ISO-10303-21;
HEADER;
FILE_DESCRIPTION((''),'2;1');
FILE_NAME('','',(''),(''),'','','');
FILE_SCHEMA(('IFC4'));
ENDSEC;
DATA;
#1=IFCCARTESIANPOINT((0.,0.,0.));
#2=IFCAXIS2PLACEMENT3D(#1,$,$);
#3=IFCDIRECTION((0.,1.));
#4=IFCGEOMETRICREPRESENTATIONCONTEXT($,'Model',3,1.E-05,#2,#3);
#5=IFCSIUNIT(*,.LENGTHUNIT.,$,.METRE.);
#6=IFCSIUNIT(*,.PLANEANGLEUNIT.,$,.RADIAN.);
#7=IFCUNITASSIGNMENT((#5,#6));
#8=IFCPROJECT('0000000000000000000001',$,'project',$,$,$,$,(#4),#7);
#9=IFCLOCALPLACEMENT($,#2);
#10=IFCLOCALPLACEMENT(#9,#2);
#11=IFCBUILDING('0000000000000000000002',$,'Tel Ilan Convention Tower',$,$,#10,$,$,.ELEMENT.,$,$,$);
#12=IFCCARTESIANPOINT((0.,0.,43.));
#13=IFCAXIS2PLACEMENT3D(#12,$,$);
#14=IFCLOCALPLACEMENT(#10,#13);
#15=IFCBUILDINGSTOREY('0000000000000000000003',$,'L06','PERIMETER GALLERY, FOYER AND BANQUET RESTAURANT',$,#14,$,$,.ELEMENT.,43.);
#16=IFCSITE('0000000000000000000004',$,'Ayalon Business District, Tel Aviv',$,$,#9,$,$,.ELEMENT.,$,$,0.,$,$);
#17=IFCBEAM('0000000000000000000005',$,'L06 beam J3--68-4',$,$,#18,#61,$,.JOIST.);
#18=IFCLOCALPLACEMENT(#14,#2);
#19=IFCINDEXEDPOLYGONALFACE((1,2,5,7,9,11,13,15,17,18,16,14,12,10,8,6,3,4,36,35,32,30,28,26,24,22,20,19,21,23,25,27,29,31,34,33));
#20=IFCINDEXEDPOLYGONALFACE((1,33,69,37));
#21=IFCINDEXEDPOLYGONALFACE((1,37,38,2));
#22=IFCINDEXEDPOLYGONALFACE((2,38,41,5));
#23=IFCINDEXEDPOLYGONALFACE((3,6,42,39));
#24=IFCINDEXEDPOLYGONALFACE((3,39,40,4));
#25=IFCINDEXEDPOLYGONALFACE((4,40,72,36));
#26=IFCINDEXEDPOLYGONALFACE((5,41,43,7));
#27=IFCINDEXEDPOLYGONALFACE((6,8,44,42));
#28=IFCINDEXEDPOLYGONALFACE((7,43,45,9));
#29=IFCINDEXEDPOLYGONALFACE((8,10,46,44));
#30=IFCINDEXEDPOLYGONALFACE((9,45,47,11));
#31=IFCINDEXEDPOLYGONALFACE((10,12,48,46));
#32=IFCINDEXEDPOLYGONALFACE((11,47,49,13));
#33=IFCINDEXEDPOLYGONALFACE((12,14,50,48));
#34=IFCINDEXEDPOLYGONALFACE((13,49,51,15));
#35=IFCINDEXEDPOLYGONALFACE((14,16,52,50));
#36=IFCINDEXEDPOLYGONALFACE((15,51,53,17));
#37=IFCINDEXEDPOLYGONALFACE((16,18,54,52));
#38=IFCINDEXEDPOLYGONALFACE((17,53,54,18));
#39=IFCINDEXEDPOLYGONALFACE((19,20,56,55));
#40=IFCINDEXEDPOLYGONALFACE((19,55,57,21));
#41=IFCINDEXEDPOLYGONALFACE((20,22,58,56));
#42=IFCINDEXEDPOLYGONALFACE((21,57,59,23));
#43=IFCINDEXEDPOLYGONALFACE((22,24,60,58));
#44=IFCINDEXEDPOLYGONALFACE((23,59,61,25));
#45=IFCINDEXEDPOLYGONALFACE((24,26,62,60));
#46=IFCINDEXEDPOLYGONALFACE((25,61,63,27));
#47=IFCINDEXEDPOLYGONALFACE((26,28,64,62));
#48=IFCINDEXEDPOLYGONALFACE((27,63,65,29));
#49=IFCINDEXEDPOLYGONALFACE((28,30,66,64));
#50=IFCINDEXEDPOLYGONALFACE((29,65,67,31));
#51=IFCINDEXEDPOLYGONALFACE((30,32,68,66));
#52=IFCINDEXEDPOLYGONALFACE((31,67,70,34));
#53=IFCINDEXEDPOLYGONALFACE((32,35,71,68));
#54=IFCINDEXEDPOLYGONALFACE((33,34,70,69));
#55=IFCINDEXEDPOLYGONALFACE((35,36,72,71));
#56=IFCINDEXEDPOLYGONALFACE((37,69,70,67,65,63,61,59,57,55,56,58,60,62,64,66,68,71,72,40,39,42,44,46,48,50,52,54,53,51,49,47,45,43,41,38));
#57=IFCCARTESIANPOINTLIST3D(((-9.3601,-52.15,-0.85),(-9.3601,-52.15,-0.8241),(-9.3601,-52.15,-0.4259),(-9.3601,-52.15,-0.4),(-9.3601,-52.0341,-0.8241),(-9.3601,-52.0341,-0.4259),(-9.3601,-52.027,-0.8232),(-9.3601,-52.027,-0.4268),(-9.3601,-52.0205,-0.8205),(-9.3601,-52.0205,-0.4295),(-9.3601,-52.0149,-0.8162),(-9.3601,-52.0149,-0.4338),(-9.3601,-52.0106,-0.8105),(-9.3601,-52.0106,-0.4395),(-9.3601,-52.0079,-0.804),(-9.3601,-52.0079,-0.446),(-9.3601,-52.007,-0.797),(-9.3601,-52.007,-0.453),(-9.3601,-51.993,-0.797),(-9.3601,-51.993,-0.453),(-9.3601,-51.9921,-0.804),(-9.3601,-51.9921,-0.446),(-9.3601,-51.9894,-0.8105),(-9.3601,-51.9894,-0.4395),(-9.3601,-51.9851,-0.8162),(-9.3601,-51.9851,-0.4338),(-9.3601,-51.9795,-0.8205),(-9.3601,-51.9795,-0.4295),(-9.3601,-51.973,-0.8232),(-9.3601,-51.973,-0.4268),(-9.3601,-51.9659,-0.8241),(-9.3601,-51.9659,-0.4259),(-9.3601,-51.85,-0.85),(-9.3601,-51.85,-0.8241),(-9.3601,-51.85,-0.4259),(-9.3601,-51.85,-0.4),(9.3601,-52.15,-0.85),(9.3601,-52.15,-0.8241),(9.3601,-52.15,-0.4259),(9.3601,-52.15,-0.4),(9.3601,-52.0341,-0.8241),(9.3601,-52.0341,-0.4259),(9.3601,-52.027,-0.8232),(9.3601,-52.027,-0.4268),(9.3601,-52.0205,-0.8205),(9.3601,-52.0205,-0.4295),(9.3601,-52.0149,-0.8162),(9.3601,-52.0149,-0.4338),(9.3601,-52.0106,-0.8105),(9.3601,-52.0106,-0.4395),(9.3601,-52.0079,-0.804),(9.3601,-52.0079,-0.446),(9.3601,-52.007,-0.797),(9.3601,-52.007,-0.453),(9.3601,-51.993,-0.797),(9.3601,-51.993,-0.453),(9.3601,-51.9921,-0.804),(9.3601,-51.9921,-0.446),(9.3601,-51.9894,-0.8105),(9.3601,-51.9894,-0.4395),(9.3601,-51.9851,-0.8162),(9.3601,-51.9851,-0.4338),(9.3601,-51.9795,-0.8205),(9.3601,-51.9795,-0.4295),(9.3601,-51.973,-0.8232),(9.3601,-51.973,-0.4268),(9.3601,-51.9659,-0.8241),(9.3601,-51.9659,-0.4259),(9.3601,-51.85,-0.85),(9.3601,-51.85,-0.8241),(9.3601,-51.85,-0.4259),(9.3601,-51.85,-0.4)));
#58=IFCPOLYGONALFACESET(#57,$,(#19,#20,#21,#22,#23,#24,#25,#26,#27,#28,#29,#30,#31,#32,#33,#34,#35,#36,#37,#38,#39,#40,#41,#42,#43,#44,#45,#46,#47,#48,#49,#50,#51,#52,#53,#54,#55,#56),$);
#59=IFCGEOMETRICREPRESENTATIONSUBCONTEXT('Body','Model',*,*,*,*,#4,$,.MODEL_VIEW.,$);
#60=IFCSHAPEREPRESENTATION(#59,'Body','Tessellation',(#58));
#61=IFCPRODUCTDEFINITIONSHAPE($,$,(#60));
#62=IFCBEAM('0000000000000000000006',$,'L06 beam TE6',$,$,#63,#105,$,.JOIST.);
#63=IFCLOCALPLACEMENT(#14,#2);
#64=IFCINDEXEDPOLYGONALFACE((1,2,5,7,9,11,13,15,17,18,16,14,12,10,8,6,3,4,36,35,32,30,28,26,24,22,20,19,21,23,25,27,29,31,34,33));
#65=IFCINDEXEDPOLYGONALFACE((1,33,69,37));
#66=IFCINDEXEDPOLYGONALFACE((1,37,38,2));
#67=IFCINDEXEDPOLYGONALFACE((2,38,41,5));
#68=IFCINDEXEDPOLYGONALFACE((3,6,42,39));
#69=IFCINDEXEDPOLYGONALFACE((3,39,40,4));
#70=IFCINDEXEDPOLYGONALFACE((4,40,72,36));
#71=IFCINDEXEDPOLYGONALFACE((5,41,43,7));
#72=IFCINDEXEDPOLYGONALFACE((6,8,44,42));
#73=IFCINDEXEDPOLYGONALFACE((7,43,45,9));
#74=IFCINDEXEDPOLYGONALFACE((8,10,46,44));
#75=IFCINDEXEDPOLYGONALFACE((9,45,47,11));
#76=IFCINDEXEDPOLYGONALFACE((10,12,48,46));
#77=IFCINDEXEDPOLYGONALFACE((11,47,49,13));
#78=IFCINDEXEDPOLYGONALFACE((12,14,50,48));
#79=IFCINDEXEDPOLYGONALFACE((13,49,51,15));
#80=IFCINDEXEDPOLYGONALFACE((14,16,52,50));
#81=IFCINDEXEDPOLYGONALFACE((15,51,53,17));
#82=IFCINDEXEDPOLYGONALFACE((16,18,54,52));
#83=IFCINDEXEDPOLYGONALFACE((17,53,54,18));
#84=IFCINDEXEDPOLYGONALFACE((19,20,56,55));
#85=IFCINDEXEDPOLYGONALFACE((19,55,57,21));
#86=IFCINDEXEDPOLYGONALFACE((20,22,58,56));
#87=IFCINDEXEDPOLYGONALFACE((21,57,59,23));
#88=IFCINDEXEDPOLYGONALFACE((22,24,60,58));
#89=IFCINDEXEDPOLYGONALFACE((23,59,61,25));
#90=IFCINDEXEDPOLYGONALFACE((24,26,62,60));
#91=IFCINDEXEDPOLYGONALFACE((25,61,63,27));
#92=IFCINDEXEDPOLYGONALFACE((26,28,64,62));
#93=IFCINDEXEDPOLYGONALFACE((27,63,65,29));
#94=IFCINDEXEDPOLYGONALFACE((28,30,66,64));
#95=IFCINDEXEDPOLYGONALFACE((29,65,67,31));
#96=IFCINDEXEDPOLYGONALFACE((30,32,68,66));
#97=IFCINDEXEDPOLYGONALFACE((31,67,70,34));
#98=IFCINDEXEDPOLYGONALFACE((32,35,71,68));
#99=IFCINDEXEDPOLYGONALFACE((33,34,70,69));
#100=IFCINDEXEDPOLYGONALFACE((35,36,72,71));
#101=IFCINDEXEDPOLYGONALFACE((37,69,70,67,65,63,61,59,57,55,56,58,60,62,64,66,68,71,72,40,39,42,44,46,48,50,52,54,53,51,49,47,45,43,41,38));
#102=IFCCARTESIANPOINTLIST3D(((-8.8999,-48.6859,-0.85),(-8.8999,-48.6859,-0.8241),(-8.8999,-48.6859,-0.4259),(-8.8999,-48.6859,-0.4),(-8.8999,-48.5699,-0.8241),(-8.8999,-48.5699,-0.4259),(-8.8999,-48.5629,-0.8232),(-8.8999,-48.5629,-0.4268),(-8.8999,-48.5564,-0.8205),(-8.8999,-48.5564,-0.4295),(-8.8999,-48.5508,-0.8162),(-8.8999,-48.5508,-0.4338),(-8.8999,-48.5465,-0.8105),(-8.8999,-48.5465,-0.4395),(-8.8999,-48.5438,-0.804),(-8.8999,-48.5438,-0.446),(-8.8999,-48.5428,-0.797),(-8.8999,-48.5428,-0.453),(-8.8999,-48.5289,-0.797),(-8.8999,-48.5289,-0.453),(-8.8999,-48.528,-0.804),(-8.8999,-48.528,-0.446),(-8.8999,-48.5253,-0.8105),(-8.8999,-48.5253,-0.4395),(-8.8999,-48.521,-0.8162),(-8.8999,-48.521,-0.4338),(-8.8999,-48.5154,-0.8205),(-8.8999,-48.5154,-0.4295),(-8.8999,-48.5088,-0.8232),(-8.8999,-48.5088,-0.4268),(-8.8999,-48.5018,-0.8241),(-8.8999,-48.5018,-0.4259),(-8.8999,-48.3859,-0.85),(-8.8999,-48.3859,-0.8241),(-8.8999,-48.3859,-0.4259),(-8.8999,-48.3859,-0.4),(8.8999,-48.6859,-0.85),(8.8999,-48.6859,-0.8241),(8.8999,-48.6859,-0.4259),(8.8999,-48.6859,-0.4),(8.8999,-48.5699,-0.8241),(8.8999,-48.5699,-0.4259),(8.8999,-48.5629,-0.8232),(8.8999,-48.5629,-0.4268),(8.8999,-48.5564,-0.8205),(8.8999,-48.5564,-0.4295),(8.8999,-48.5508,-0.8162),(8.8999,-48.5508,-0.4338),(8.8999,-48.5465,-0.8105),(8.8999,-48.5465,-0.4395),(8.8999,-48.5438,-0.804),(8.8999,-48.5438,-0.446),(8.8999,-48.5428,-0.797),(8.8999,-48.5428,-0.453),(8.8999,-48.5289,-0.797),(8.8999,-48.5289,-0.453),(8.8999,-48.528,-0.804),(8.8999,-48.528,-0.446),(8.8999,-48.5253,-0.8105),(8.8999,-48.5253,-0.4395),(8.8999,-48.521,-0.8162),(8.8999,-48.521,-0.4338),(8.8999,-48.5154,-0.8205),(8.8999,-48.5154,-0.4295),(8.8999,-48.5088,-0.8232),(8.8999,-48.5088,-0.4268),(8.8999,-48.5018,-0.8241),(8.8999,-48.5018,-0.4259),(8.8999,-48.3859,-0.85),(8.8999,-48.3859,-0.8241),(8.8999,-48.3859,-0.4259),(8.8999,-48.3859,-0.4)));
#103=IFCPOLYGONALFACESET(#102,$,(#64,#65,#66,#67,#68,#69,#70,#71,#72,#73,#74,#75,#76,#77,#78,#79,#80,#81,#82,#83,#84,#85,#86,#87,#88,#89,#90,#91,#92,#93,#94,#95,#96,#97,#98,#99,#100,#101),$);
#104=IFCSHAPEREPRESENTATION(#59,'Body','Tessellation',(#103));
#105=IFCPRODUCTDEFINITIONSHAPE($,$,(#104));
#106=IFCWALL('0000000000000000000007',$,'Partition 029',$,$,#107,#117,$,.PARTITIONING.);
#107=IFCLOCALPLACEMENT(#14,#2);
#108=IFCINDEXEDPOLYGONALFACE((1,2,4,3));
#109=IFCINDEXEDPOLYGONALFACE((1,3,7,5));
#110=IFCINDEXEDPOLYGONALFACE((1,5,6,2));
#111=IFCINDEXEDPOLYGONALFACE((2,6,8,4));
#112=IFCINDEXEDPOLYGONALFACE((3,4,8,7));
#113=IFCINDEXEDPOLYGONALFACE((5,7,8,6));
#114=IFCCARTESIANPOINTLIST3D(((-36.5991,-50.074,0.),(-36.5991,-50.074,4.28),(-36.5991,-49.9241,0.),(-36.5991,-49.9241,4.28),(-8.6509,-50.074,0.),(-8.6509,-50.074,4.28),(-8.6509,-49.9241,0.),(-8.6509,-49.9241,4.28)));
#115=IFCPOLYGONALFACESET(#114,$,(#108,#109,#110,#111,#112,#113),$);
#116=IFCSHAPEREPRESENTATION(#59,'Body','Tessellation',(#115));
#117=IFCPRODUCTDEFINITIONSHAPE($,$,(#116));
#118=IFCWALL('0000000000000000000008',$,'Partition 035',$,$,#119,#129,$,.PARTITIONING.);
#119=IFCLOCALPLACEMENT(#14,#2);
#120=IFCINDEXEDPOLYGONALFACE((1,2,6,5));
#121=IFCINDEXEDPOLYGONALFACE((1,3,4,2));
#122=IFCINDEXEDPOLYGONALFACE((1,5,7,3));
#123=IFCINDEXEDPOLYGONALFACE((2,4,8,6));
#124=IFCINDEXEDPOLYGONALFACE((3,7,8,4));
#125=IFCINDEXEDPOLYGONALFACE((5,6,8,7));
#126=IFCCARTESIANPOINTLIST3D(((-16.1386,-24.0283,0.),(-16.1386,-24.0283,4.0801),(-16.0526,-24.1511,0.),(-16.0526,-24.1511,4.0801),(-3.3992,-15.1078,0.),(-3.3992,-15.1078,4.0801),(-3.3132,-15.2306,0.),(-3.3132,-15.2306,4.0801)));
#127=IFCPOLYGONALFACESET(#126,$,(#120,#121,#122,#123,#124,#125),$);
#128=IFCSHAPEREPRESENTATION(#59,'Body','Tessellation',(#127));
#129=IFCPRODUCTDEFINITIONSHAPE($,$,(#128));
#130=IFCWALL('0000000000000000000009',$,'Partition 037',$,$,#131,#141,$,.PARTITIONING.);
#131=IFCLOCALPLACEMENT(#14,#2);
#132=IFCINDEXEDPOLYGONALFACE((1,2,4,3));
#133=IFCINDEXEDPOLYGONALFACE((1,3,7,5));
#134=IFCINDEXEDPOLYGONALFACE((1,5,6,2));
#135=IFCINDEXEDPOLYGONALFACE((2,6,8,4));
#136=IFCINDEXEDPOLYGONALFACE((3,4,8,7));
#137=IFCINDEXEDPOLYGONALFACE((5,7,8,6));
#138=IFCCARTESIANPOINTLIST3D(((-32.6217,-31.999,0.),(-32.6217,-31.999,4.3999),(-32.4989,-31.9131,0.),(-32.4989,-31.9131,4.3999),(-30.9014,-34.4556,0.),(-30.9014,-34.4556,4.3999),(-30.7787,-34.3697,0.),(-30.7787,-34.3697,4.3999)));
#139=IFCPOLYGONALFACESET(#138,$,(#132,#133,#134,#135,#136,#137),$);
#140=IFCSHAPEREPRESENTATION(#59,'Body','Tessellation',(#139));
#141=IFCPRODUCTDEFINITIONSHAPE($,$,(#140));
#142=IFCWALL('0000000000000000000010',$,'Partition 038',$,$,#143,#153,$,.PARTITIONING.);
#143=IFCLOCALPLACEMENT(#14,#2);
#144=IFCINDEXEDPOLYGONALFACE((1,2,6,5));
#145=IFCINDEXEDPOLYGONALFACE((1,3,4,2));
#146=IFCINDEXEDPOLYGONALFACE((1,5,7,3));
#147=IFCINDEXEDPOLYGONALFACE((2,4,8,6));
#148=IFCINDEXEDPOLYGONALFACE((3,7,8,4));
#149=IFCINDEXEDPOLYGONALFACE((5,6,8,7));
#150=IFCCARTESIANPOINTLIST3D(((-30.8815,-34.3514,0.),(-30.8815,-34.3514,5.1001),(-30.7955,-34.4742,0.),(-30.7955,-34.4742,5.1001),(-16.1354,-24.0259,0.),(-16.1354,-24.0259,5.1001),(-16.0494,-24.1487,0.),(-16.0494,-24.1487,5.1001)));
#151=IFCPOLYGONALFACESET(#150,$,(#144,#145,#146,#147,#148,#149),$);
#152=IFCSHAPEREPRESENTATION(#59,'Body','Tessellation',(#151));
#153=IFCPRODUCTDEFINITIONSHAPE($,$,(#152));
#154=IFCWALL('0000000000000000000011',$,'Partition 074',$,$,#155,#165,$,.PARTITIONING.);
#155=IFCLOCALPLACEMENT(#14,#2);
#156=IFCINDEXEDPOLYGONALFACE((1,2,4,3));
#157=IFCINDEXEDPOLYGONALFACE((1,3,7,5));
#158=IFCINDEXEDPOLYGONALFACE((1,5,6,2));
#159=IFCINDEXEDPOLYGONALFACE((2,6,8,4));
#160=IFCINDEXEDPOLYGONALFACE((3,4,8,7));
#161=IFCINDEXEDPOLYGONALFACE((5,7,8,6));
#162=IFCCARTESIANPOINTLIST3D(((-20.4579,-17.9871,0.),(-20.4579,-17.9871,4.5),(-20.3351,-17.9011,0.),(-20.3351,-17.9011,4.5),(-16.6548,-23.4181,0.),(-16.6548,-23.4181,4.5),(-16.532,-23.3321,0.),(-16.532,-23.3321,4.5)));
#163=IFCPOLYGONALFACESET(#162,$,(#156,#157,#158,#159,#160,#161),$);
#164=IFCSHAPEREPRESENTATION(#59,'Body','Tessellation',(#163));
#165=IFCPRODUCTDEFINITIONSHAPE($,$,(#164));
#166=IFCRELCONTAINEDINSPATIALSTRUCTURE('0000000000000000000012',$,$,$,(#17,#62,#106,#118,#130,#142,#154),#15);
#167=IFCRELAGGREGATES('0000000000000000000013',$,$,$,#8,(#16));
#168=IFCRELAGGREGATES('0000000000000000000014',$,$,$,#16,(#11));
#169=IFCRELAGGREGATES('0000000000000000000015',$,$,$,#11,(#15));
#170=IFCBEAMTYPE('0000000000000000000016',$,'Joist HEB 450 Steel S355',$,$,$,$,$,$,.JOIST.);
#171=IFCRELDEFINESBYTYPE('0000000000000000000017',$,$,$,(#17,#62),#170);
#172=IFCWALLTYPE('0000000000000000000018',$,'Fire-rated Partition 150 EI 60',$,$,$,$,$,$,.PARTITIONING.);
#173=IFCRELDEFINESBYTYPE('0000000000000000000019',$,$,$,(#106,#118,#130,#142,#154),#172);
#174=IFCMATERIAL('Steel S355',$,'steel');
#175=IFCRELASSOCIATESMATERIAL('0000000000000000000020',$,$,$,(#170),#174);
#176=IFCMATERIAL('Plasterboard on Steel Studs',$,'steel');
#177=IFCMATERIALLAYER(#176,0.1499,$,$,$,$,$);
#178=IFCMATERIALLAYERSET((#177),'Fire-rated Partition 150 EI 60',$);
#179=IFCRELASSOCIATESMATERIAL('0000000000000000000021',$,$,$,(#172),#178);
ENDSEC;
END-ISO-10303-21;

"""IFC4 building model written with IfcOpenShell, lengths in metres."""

from ifc_helpers import new_model, si_unit, direction, frame, frame_2d, origin, origin_2d, place, context, subcontext, project, spatial, rectangle, i_section, extrude, material, layer, layer_set, material_profile, profile_set, type_object, element, save


model = new_model("IFC4")

# Units and contexts
model_context = context("Model", 3, precision=1e-05, world=origin(), true_north=direction((0.0, 1.0)))
body_context = subcontext(model_context, "Body", "Model", "MODEL_VIEW")
ifc_project = project(units=[si_unit("LENGTHUNIT", "METRE"), si_unit("PLANEANGLEUNIT", "RADIAN")], contexts=[model_context])

# Site, building, storey
site_placement = place(None, origin())
site = spatial("IfcSite", under=ifc_project, at=site_placement, Name="Ayalon Business District, Tel Aviv", CompositionType="ELEMENT", RefElevation=0.0)
building_placement = place(site_placement, origin())
building = spatial("IfcBuilding", under=site, at=building_placement, Name="Tel Ilan Convention Tower", CompositionType="ELEMENT")
storey_placement = place(building_placement, frame((0.0, 0.0, 43.0)))
storey = spatial("IfcBuildingStorey", under=building, at=storey_placement, Name="L06", Description="PERIMETER GALLERY, FOYER AND BANQUET RESTAURANT", CompositionType="ELEMENT", Elevation=43.0)

# Beams
ifc_material_1 = material(Name="Steel S355", Category="steel")
ifc_material_profile_1 = material_profile(ifc_material_1, i_section(OverallWidth=0.3, OverallDepth=0.45, WebThickness=0.0139, FlangeThickness=0.0259, FilletRadius=0.0271, at=origin_2d()), Name="HEB 450")
ifc_profile_set_1 = profile_set([ifc_material_profile_1], Name="Steel S355")
beam_type_1 = type_object("IfcBeamType", Name="Joist HEB 450 Steel S355", PredefinedType="JOIST", material=ifc_profile_set_1)
for number, where, z_axis, x_axis, name in (
    (1, (-9.3601, -52.0, -0.625), (1.0, 0.0, 0.0), (0.0, 1.0, 0.0), "L06 beam J3--68-4"),
):
    element("IfcBeam", number, at=place(storey_placement, frame(where, z_axis=z_axis, x_axis=x_axis)), inside=storey, type_object=beam_type_1, Name=name, PredefinedType="JOIST", context=body_context, shape_type="SweptSolid", body=[
        extrude(i_section(OverallWidth=0.3, OverallDepth=0.45, WebThickness=0.0139, FlangeThickness=0.0259, FilletRadius=0.0271, at=origin_2d()), origin(), (0.0, 0.0, 1.0), 18.7202),
    ])
beam_1_placement = place(storey_placement, frame((-8.8999, -48.5359, -0.625), z_axis=(1.0, 0.0, 0.0), x_axis=(0.0, 1.0, 0.0)))
element("IfcBeam", 2, at=beam_1_placement, inside=storey, type_object=beam_type_1, Name="L06 beam TE6", PredefinedType="JOIST", context=body_context, shape_type="SweptSolid", body=[
    extrude(i_section(OverallWidth=0.3, OverallDepth=0.45, WebThickness=0.0139, FlangeThickness=0.0259, FilletRadius=0.0271, at=origin_2d()), origin(), (0.0, 0.0, 1.0), 17.7998),
])

# Walls
ifc_material_2 = material(Name="Plasterboard on Steel Studs", Category="steel")
ifc_layer = layer(ifc_material_2, 0.1499)
ifc_layer_set = layer_set([ifc_layer], Name="Fire-rated Partition 150 EI 60")
wall_type = type_object("IfcWallType", Name="Fire-rated Partition 150 EI 60", PredefinedType="PARTITIONING", material=ifc_layer_set)
wall_1_placement = place(storey_placement, frame((-8.6509, -49.999, 0.0), z_axis=(0.0, 0.0, 1.0), x_axis=(-1.0, 0.0, 0.0)))
element("IfcWall", 3, at=wall_1_placement, inside=storey, type_object=wall_type, Name="Partition 029", PredefinedType="PARTITIONING", context=body_context, shape_type="SweptSolid", body=[
    extrude(rectangle(XDim=27.9482, YDim=0.1499, at=frame_2d((13.9741, 0.0))), origin(), (0.0, 0.0, 1.0), 4.28),
])
wall_2_placement = place(storey_placement, frame((-16.0955, -24.0896, 0.0), z_axis=(0.0, 0.0, 1.0), x_axis=(0.819143, 0.573589, 0.0)))
element("IfcWall", 4, at=wall_2_placement, inside=storey, type_object=wall_type, Name="Partition 035", PredefinedType="PARTITIONING", context=body_context, shape_type="SweptSolid", body=[
    extrude(rectangle(XDim=15.552, YDim=0.1499, at=frame_2d((7.7759, 0.0))), origin(), (0.0, 0.0, 1.0), 4.0801),
])
wall_3_placement = place(storey_placement, frame((-32.5603, -31.9561, 0.0), z_axis=(0.0, 0.0, 1.0), x_axis=(0.573604, -0.819132, 0.0)))
element("IfcWall", 5, at=wall_3_placement, inside=storey, type_object=wall_type, Name="Partition 037", PredefinedType="PARTITIONING", context=body_context, shape_type="SweptSolid", body=[
    extrude(rectangle(XDim=2.999, YDim=0.1499, at=frame_2d((1.4995, 0.0))), origin(), (0.0, 0.0, 1.0), 4.3999),
])
wall_4_placement = place(storey_placement, frame((-30.8386, -34.4128, 0.0), z_axis=(0.0, 0.0, 1.0), x_axis=(0.819149, 0.573581, 0.0)))
element("IfcWall", 6, at=wall_4_placement, inside=storey, type_object=wall_type, Name="Partition 038", PredefinedType="PARTITIONING", context=body_context, shape_type="SweptSolid", body=[
    extrude(rectangle(XDim=18.0017, YDim=0.1499, at=frame_2d((9.001, 0.0))), origin(), (0.0, 0.0, 1.0), 5.1001),
])
wall_5_placement = place(storey_placement, frame((-16.5935, -23.375, 0.0), z_axis=(0.0, 0.0, 1.0), x_axis=(-0.573598, 0.819137, 0.0)))
element("IfcWall", 7, at=wall_5_placement, inside=storey, type_object=wall_type, Name="Partition 074", PredefinedType="PARTITIONING", context=body_context, shape_type="SweptSolid", body=[
    extrude(rectangle(XDim=6.6301, YDim=0.1499, at=frame_2d((3.3149, 0.0))), origin(), (0.0, 0.0, 1.0), 4.5),
])

save(model, "model.ifc")
